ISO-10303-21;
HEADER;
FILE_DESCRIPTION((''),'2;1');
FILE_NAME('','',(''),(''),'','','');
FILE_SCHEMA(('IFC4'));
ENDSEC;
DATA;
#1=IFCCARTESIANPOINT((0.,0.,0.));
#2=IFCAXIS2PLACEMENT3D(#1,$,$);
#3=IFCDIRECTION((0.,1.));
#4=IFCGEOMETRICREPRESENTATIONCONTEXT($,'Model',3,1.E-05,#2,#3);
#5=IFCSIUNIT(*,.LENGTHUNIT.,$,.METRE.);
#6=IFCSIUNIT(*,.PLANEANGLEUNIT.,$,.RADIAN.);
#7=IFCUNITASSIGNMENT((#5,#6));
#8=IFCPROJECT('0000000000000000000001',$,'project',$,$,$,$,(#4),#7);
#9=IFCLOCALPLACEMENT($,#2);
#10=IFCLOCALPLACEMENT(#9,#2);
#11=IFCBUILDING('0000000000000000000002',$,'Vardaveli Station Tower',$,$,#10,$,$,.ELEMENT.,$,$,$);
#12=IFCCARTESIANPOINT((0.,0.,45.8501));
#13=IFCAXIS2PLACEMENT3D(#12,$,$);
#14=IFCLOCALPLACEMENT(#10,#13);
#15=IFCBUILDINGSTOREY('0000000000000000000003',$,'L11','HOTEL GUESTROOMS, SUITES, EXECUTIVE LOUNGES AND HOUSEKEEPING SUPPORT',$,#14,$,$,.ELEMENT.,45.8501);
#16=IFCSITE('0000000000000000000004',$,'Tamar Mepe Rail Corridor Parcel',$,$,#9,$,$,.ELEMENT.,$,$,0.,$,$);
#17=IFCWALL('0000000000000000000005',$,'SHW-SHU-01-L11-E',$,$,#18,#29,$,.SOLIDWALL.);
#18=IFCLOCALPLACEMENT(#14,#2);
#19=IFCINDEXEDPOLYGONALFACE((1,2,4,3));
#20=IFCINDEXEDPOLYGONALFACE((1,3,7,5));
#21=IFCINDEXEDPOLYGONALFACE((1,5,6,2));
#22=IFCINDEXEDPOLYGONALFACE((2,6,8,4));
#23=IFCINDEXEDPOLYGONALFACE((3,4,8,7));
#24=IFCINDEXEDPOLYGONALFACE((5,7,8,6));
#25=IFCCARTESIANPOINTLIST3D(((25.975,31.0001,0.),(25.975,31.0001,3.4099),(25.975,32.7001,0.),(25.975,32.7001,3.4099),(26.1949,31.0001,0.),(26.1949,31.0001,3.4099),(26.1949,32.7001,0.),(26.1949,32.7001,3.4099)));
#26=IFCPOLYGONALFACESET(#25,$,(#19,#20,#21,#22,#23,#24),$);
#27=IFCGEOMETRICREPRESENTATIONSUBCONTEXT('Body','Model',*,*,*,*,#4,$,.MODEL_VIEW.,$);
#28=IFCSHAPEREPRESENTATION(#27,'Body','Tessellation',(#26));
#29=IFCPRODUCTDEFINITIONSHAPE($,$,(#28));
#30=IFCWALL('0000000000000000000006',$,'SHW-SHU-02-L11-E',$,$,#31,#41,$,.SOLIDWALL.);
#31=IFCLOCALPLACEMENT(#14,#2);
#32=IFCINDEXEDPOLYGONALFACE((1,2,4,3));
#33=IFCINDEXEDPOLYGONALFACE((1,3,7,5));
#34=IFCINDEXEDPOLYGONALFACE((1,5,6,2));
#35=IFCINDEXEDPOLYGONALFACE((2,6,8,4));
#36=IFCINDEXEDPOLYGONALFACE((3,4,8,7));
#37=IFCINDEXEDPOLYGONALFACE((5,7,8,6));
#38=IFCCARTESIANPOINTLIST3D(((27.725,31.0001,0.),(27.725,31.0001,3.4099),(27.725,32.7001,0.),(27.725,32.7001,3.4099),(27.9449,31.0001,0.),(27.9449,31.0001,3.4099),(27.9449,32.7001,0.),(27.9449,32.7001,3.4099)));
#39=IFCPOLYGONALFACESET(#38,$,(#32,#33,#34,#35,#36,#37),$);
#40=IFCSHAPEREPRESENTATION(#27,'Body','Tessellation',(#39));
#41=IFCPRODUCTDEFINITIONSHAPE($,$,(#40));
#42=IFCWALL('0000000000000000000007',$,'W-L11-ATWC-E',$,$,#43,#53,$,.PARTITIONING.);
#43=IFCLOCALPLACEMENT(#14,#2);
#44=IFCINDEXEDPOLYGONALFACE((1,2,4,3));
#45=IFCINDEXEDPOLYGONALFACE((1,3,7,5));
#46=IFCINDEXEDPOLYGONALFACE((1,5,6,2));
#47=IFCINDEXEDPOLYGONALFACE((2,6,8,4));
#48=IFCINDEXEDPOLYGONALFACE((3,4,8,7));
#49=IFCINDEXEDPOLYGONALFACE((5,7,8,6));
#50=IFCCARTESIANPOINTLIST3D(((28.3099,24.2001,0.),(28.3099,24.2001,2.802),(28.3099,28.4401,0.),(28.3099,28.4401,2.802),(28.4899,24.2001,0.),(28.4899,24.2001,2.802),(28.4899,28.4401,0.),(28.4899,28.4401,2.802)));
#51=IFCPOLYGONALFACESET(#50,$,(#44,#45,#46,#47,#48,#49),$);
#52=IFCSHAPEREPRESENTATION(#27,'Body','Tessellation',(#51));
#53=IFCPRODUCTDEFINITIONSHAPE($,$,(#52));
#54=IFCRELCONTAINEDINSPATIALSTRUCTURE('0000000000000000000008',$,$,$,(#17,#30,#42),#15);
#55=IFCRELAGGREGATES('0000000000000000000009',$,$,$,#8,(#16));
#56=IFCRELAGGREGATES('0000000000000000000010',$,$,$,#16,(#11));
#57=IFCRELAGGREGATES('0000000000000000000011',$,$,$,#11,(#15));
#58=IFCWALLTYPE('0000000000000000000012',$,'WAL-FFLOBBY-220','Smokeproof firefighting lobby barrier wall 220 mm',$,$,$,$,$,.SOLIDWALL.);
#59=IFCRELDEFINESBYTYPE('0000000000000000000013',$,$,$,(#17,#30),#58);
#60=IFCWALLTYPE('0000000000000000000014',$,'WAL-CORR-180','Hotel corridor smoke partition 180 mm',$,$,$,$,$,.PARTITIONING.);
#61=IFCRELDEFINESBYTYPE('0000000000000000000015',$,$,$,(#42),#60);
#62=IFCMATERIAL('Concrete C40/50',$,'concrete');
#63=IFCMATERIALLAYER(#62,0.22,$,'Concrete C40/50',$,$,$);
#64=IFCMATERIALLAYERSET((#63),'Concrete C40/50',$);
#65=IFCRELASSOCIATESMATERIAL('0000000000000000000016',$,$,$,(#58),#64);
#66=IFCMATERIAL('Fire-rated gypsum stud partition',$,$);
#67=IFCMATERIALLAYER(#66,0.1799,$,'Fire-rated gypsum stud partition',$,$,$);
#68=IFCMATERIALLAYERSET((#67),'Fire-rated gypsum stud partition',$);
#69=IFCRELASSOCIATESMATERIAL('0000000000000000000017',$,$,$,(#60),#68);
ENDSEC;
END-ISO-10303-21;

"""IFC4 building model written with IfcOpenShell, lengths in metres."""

from ifc_helpers import new_model, si_unit, direction, frame, frame_2d, origin, place, context, subcontext, project, spatial, rectangle, extrude, source, transform, mapped, material, layer, layer_set, type_object, element, save


model = new_model("IFC4")

# Units and contexts
model_context = context("Model", 3, precision=1e-05, world=origin(), true_north=direction((0.0, 1.0)))
body_context = subcontext(model_context, "Body", "Model", "MODEL_VIEW")
ifc_project = project(units=[si_unit("LENGTHUNIT", "METRE"), si_unit("PLANEANGLEUNIT", "RADIAN")], contexts=[model_context])

# Site, building, storey
site_placement = place(None, origin())
site = spatial("IfcSite", under=ifc_project, at=site_placement, Name="Tamar Mepe Rail Corridor Parcel", CompositionType="ELEMENT", RefElevation=0.0)
building_placement = place(site_placement, origin())
building = spatial("IfcBuilding", under=site, at=building_placement, Name="Vardaveli Station Tower", CompositionType="ELEMENT")
storey_placement = place(building_placement, frame((0.0, 0.0, 45.8501)))
storey = spatial("IfcBuildingStorey", under=building, at=storey_placement, Name="L11", Description="HOTEL GUESTROOMS, SUITES, EXECUTIVE LOUNGES AND HOUSEKEEPING SUPPORT", CompositionType="ELEMENT", Elevation=45.8501)

# Shared definitions
ifc_material_1 = material(Name="Concrete C40/50", Category="concrete")
ifc_layer_1 = layer(ifc_material_1, 0.22, Name="Concrete C40/50")
ifc_layer_set_1 = layer_set([ifc_layer_1], Name="Concrete C40/50")
wall_type_1 = type_object("IfcWallType", Name="WAL-FFLOBBY-220", Description="Smokeproof firefighting lobby barrier wall 220 mm", PredefinedType="SOLIDWALL", material=ifc_layer_set_1)

# Walls
shared_shape_1 = source(origin(), body_context, "Body", "SweptSolid", [
    extrude(rectangle(XDim=1.7, YDim=0.22, at=frame_2d((0.8501, 0.0))), origin(), (0.0, 0.0, 1.0), 3.4099),
])
for number, where, z_axis, x_axis, name in (
    (1, (26.085, 31.0, 0.0), (0.0, 0.0, 1.0), (0.0, 1.0, 0.0), "SHW-SHU-01-L11-E"),
    (2, (27.835, 31.0, 0.0), (0.0, 0.0, 1.0), (0.0, 1.0, 0.0), "SHW-SHU-02-L11-E"),
):
    element("IfcWall", number, at=place(storey_placement, frame(where, z_axis=z_axis, x_axis=x_axis)), inside=storey, type_object=wall_type_1, Name=name, PredefinedType="SOLIDWALL", context=body_context, shape_type="MappedRepresentation", body=[
        mapped(shared_shape_1, transform((0.0, 0.0, 0.0), scale=1.0)),
    ])
ifc_material_2 = material(Name="Fire-rated gypsum stud partition")
ifc_layer_2 = layer(ifc_material_2, 0.1799, Name="Fire-rated gypsum stud partition")
ifc_layer_set_2 = layer_set([ifc_layer_2], Name="Fire-rated gypsum stud partition")
wall_type_2 = type_object("IfcWallType", Name="WAL-CORR-180", Description="Hotel corridor smoke partition 180 mm", PredefinedType="PARTITIONING", material=ifc_layer_set_2)
shared_shape_2 = source(origin(), body_context, "Body", "SweptSolid", [
    extrude(rectangle(XDim=4.24, YDim=0.1799, at=frame_2d((2.1201, 0.0))), origin(), (0.0, 0.0, 1.0), 2.802),
])
wall_1_placement = place(storey_placement, frame((28.3999, 24.2, 0.0), z_axis=(0.0, 0.0, 1.0), x_axis=(0.0, 1.0, 0.0)))
element("IfcWall", 3, at=wall_1_placement, inside=storey, type_object=wall_type_2, Name="W-L11-ATWC-E", PredefinedType="PARTITIONING", context=body_context, shape_type="MappedRepresentation", body=[
    mapped(shared_shape_2, transform((0.0, 0.0, 0.0), scale=1.0)),
])

save(model, "model.ifc")
